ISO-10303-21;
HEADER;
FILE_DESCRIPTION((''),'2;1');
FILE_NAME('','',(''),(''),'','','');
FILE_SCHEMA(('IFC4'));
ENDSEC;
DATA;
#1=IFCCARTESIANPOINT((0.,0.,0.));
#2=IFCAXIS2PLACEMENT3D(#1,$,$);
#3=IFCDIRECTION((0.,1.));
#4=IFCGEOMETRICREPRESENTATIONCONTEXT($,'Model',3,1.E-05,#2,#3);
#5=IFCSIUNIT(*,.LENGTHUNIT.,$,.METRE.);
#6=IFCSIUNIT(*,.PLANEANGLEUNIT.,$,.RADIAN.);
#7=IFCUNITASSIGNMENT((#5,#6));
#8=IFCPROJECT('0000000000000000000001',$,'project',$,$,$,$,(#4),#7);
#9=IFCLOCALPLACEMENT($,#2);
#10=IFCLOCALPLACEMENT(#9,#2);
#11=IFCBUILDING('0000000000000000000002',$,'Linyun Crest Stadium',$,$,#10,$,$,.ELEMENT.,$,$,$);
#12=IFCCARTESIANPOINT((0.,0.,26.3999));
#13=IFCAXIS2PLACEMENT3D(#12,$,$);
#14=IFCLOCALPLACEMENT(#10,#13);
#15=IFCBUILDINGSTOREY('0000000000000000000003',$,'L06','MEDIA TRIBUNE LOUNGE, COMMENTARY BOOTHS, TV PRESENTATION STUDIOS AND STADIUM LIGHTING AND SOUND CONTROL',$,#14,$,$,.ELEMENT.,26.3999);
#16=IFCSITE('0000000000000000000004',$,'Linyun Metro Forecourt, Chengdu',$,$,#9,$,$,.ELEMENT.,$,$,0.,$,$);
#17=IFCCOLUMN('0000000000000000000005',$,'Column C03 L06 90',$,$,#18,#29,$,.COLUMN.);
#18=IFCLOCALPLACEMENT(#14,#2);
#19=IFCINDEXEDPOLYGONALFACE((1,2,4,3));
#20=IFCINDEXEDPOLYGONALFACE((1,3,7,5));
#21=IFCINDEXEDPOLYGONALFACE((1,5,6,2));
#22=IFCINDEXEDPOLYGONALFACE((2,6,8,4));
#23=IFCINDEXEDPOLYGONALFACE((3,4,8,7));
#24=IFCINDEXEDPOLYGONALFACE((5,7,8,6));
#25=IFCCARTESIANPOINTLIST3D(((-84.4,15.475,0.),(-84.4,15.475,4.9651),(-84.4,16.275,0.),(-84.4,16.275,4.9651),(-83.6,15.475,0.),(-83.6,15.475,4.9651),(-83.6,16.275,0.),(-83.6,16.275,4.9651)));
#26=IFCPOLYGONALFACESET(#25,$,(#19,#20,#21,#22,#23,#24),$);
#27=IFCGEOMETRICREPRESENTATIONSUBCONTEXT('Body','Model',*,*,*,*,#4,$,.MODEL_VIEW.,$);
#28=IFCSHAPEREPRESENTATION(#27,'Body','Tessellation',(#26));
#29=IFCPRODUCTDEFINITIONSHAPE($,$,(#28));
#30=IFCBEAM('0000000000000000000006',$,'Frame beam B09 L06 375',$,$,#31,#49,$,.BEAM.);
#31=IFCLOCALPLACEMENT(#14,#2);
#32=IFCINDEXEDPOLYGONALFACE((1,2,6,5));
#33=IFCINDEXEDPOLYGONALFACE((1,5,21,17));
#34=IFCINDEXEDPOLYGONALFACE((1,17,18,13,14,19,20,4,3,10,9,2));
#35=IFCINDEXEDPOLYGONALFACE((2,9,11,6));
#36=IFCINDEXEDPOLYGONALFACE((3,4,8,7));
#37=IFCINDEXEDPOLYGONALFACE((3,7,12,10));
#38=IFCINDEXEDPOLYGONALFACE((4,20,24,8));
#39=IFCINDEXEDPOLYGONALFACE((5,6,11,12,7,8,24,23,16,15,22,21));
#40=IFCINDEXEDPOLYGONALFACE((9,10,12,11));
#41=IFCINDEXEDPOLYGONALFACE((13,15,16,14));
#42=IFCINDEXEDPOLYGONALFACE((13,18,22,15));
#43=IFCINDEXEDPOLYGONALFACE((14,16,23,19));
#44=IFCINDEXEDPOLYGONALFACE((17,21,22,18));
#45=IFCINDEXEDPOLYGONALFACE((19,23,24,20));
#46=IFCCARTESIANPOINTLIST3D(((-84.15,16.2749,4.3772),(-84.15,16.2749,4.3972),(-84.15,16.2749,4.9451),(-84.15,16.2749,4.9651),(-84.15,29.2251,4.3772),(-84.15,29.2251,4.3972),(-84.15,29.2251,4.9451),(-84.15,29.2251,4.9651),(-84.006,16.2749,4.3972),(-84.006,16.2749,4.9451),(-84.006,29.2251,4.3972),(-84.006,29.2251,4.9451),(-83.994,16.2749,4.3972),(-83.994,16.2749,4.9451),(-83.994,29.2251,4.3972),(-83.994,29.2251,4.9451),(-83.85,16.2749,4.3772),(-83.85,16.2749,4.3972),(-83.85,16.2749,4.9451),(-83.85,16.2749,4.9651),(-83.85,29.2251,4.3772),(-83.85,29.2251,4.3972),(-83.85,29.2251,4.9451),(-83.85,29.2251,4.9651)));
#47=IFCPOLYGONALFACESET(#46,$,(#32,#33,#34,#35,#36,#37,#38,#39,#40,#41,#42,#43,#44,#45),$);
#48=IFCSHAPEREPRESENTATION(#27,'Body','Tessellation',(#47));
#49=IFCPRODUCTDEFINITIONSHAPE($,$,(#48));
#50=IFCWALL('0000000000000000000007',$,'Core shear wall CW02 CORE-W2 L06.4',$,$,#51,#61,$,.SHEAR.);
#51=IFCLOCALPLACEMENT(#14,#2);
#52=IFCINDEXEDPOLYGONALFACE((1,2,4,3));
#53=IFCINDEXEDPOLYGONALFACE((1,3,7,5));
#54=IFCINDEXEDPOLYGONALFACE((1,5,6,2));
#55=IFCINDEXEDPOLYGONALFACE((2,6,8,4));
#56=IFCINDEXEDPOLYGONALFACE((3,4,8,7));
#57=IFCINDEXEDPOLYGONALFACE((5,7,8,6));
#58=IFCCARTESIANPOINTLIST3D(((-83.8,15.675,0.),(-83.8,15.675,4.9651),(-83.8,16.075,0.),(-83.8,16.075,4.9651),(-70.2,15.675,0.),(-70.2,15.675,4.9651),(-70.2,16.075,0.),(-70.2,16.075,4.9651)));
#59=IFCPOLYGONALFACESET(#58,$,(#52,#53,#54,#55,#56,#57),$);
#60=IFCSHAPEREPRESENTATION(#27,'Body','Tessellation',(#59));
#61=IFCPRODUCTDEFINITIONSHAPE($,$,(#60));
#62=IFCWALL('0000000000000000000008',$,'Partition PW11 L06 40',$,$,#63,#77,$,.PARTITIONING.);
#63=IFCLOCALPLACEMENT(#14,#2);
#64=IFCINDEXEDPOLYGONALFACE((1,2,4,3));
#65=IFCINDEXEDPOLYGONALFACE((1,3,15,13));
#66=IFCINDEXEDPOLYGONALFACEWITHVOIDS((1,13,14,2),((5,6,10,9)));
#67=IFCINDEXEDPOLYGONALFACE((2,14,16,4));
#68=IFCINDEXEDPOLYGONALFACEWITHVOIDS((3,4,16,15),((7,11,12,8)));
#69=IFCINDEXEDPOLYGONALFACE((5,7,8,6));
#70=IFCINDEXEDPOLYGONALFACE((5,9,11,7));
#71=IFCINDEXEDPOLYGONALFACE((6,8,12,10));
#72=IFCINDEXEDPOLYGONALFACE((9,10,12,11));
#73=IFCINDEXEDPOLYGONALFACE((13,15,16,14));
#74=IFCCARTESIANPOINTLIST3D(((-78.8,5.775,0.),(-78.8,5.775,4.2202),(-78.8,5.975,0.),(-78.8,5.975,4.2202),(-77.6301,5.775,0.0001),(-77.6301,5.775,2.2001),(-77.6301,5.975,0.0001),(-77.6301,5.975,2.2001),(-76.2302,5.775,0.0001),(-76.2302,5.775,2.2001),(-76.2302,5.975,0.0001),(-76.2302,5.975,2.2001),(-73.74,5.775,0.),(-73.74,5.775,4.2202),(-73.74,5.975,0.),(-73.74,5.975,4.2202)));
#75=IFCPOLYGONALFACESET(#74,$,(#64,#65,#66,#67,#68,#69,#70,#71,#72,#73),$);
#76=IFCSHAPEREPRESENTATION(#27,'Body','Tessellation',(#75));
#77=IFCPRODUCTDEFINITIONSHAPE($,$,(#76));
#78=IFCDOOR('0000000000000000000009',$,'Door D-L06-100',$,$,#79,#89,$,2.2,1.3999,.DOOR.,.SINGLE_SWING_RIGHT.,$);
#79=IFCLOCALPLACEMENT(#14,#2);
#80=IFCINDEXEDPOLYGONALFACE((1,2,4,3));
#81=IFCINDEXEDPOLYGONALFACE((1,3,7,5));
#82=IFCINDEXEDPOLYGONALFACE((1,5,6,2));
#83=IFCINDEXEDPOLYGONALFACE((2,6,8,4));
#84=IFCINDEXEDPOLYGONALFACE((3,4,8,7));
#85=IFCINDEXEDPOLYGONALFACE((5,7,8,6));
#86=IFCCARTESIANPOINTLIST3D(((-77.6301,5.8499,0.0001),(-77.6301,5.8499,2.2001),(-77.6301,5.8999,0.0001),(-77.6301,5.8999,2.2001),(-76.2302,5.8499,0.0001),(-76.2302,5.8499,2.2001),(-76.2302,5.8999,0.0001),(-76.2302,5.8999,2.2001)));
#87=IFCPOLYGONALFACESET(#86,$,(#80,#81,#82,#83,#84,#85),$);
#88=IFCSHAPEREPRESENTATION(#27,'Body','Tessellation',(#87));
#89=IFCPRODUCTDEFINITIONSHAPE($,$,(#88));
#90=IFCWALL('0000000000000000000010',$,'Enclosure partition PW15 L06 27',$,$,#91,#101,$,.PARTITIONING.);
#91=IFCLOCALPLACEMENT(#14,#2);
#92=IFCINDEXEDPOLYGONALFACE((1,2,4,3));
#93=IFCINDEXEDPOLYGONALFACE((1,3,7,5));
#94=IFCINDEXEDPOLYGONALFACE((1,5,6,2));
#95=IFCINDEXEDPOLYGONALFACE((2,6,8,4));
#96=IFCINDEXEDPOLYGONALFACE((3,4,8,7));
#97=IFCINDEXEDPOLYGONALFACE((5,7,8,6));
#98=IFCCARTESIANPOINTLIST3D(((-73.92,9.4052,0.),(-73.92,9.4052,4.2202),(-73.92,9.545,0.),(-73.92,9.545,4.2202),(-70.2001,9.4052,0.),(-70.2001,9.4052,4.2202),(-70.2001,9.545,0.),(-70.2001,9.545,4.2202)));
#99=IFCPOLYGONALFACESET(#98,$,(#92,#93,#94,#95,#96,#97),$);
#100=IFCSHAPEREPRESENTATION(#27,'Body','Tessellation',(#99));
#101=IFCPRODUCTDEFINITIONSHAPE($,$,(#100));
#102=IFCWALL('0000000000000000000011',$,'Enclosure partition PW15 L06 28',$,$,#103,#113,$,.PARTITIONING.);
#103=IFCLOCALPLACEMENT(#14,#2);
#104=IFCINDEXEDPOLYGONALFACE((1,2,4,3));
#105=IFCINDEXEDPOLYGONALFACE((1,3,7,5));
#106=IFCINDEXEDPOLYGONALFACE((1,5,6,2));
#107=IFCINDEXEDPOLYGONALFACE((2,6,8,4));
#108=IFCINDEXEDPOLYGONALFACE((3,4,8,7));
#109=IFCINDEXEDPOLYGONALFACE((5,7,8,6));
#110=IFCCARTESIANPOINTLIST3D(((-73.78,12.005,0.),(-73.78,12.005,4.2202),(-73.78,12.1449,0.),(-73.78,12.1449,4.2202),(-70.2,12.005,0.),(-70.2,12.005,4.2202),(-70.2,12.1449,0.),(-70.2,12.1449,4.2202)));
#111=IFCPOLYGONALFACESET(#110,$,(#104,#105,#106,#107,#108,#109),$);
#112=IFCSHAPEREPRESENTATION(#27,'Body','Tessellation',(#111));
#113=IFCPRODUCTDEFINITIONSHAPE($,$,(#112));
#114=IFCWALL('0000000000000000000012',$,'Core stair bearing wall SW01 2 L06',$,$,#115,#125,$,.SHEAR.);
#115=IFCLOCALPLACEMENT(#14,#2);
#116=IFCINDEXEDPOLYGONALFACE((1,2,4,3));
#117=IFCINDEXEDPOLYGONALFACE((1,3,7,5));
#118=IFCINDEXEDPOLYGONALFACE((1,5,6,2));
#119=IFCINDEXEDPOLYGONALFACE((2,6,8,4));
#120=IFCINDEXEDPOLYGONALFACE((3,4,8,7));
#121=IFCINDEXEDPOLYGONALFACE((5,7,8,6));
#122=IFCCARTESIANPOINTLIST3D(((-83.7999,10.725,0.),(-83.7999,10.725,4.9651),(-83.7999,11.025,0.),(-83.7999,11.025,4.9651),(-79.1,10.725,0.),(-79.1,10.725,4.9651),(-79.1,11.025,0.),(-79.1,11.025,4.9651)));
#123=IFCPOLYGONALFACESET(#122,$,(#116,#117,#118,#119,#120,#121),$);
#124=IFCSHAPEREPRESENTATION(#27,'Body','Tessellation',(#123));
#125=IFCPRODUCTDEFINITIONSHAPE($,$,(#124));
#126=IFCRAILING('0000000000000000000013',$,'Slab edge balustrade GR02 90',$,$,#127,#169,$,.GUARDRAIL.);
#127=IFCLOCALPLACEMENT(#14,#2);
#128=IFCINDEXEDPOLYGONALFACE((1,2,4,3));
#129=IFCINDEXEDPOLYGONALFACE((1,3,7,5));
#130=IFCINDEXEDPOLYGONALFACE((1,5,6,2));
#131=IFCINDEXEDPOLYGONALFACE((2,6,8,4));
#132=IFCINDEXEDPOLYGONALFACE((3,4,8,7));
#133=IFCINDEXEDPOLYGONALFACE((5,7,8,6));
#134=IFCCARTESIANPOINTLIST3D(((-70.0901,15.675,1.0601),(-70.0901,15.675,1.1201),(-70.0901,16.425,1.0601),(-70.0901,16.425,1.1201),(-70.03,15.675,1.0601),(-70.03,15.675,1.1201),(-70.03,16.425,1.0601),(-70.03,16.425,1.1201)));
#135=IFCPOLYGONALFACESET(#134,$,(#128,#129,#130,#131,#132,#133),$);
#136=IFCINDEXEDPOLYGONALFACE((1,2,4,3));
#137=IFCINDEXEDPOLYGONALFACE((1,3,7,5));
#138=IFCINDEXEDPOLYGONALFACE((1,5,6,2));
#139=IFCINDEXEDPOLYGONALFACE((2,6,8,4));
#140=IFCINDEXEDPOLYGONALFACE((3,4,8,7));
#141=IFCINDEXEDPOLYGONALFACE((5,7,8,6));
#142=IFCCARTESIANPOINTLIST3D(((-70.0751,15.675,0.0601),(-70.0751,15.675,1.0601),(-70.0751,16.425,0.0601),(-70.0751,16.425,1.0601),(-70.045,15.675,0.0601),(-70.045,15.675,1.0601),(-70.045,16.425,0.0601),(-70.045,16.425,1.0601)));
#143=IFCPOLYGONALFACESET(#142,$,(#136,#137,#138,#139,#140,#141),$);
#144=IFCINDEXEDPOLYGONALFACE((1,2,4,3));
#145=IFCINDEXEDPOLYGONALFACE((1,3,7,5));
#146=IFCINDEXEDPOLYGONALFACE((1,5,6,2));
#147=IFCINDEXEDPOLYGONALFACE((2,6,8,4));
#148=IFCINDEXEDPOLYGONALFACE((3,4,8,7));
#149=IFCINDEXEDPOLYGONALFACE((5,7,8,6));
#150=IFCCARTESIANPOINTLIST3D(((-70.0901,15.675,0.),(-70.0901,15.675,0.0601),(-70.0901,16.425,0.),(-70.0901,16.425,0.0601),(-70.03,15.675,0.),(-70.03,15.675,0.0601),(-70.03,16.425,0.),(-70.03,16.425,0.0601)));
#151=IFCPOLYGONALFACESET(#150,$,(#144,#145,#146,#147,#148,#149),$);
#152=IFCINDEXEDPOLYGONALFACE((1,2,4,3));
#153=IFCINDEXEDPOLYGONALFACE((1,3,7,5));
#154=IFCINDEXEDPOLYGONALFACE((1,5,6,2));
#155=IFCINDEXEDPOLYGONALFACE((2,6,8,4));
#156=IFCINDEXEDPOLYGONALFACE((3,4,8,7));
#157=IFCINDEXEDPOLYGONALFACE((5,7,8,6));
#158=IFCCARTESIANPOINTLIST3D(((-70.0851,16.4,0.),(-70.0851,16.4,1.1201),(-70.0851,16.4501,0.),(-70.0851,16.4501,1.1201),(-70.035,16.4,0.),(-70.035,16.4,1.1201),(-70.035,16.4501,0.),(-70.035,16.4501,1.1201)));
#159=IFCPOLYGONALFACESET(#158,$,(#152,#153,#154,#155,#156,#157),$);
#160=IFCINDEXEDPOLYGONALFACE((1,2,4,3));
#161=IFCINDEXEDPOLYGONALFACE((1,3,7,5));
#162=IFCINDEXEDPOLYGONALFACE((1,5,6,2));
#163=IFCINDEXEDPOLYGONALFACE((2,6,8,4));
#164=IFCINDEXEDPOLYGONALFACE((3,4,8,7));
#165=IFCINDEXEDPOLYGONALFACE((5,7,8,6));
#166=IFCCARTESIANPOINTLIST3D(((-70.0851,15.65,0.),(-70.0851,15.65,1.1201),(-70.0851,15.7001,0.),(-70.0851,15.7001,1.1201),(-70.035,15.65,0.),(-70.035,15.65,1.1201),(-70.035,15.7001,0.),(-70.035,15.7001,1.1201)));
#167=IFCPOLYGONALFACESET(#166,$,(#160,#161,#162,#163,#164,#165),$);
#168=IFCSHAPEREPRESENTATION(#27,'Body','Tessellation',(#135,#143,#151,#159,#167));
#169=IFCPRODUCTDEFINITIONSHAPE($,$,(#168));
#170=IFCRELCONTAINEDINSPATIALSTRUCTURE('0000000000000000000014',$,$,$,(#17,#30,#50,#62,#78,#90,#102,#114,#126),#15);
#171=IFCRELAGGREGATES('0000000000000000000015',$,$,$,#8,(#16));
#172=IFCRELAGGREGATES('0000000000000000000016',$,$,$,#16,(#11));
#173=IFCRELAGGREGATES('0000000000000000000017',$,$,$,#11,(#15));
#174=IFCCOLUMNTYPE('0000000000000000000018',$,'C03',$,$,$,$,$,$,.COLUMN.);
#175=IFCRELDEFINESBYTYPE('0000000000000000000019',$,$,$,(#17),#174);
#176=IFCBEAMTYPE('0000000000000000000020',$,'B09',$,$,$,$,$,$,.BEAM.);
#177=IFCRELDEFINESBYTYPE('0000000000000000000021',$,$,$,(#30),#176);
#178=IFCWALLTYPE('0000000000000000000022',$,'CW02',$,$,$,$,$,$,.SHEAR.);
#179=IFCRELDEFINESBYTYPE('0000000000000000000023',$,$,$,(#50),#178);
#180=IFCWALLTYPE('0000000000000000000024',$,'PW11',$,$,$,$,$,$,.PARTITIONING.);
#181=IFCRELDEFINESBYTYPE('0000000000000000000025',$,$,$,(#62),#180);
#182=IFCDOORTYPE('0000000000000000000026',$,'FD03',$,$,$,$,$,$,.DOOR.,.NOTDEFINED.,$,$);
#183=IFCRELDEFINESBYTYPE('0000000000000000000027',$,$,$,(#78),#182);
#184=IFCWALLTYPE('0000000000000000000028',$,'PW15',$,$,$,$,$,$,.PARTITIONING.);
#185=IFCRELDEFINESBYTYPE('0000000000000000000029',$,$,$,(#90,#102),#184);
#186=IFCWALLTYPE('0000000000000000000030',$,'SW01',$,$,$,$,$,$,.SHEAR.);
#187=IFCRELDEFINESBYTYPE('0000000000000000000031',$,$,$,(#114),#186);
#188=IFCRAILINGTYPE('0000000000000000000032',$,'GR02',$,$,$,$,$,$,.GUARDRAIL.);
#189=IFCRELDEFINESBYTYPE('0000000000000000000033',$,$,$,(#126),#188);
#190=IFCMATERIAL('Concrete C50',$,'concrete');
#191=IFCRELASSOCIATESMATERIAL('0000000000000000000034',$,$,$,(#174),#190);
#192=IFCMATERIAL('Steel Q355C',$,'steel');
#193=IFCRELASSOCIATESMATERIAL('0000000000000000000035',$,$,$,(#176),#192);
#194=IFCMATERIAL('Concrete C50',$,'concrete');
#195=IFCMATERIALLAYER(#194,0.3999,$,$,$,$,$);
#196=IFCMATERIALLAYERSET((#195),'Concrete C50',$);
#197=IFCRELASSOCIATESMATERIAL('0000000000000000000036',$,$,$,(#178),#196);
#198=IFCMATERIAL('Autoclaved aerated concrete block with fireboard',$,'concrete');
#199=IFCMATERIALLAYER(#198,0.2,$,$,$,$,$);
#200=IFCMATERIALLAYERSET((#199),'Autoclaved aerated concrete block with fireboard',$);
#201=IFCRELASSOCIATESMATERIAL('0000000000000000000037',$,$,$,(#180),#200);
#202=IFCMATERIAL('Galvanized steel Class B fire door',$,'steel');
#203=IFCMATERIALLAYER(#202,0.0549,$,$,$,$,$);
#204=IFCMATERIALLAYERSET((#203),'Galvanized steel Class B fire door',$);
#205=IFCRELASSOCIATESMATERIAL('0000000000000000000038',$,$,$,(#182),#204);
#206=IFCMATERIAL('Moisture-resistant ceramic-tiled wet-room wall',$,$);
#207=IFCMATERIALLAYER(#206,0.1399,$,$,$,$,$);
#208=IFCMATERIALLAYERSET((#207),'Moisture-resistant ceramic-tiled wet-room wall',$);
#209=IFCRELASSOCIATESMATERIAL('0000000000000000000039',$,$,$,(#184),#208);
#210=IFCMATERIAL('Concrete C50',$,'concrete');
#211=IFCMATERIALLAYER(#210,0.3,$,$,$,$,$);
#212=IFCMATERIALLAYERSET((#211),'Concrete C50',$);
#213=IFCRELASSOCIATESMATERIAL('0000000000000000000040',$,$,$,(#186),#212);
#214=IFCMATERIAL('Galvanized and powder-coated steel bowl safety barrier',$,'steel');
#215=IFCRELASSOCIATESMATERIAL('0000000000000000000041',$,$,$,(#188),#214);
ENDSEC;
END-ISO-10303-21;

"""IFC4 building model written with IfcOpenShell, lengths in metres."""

from ifc_helpers import new_model, si_unit, direction, frame, frame_2d, origin, origin_2d, place, context, subcontext, project, spatial, rectangle, i_section, extrude, material, layer, layer_set, material_profile, profile_set, type_object, element, fill, save


model = new_model("IFC4")

# Units and contexts
model_context = context("Model", 3, precision=1e-05, world=origin(), true_north=direction((0.0, 1.0)))
body_context = subcontext(model_context, "Body", "Model", "MODEL_VIEW")
ifc_project = project(units=[si_unit("LENGTHUNIT", "METRE"), si_unit("PLANEANGLEUNIT", "RADIAN")], contexts=[model_context])

# Site, building, storey
site_placement = place(None, origin())
site = spatial("IfcSite", under=ifc_project, at=site_placement, Name="Linyun Metro Forecourt, Chengdu", CompositionType="ELEMENT", RefElevation=0.0)
building_placement = place(site_placement, origin())
building = spatial("IfcBuilding", under=site, at=building_placement, Name="Linyun Crest Stadium", CompositionType="ELEMENT")
storey_placement = place(building_placement, frame((0.0, 0.0, 26.3999)))
storey = spatial("IfcBuildingStorey", under=building, at=storey_placement, Name="L06", Description="MEDIA TRIBUNE LOUNGE, COMMENTARY BOOTHS, TV PRESENTATION STUDIOS AND STADIUM LIGHTING AND SOUND CONTROL", CompositionType="ELEMENT", Elevation=26.3999)

# Column
ifc_material_1 = material(Name="Concrete C50", Category="concrete")
ifc_material_profile_1 = material_profile(ifc_material_1, rectangle(XDim=0.8, YDim=0.8, at=origin_2d()), Name="RC 800x800")
ifc_profile_set_1 = profile_set([ifc_material_profile_1], Name="Concrete C50")
column_type = type_object("IfcColumnType", Name="C03", PredefinedType="COLUMN", material=ifc_profile_set_1)
column_placement = place(storey_placement, frame((-84.0, 15.875, 0.0), z_axis=(0.0, 0.0, 1.0), x_axis=(1.0, 0.0, 0.0)))
element("IfcColumn", 1, at=column_placement, inside=storey, type_object=column_type, Name="Column C03 L06 90", PredefinedType="COLUMN", context=body_context, shape_type="SweptSolid", body=[
    extrude(rectangle(XDim=0.8, YDim=0.8, at=origin_2d()), origin(), (0.0, 0.0, 1.0), 4.9651),
])

# Beam
ifc_material_2 = material(Name="Steel Q355C", Category="steel")
ifc_material_profile_2 = material_profile(ifc_material_2, i_section(OverallWidth=0.3, OverallDepth=0.5879, WebThickness=0.012, FlangeThickness=0.02, at=origin_2d()), Name="HM 588x300")
ifc_profile_set_2 = profile_set([ifc_material_profile_2], Name="Steel Q355C")
beam_type = type_object("IfcBeamType", Name="B09", PredefinedType="BEAM", material=ifc_profile_set_2)
beam_placement = place(storey_placement, frame((-84.0, 16.2749, 4.6711), z_axis=(0.0, 1.0, 0.0), x_axis=(-1.0, 0.0, 0.0)))
element("IfcBeam", 2, at=beam_placement, inside=storey, type_object=beam_type, Name="Frame beam B09 L06 375", PredefinedType="BEAM", context=body_context, shape_type="SweptSolid", body=[
    extrude(i_section(OverallWidth=0.3, OverallDepth=0.5879, WebThickness=0.012, FlangeThickness=0.02, at=origin_2d()), origin(), (0.0, 0.0, 1.0), 12.9502),
])

# Wall
ifc_material_3 = material(Name="Concrete C50", Category="concrete")
ifc_layer_1 = layer(ifc_material_3, 0.3999)
ifc_layer_set_1 = layer_set([ifc_layer_1], Name="Concrete C50")
wall_type_1 = type_object("IfcWallType", Name="CW02", PredefinedType="SHEAR", material=ifc_layer_set_1)
wall_1_placement = place(storey_placement, frame((-83.8, 15.875, 0.0), z_axis=(0.0, 0.0, 1.0), x_axis=(1.0, 0.0, 0.0)))
element("IfcWall", 3, at=wall_1_placement, inside=storey, type_object=wall_type_1, Name="Core shear wall CW02 CORE-W2 L06.4", PredefinedType="SHEAR", context=body_context, shape_type="SweptSolid", body=[
    extrude(rectangle(XDim=13.6001, YDim=0.3999, at=frame_2d((6.8, 0.0))), origin(), (0.0, 0.0, 1.0), 4.9651),
])

# Wall, opening, door
ifc_material_4 = material(Name="Autoclaved aerated concrete block with fireboard", Category="concrete")
ifc_layer_2 = layer(ifc_material_4, 0.2)
ifc_layer_set_2 = layer_set([ifc_layer_2], Name="Autoclaved aerated concrete block with fireboard")
wall_type_2 = type_object("IfcWallType", Name="PW11", PredefinedType="PARTITIONING", material=ifc_layer_set_2)
wall_2_placement = place(storey_placement, frame((-78.8, 5.875, 0.0), z_axis=(0.0, 0.0, 1.0), x_axis=(1.0, 0.0, 0.0)))
wall_2 = element("IfcWall", 4, at=wall_2_placement, inside=storey, type_object=wall_type_2, Name="Partition PW11 L06 40", PredefinedType="PARTITIONING", context=body_context, shape_type="SweptSolid", body=[
    extrude(rectangle(XDim=5.0601, YDim=0.2, at=frame_2d((2.53, 0.0))), origin(), (0.0, 0.0, 1.0), 4.2202),
])
opening_1_placement = place(wall_2_placement, frame((1.1699, 0.0, 0.0)))
opening_1 = element("IfcOpeningElement", 5, at=opening_1_placement, cuts=wall_2, PredefinedType="OPENING", context=body_context, shape_type="SweptSolid", body=[
    extrude(rectangle(XDim=1.3999, YDim=2.2, at=frame_2d((0.7, 1.1001))), frame((0.0, 0.1099, 0.0), z_axis=(0.0, -1.0, 0.0), x_axis=(1.0, 0.0, 0.0)), (0.0, 0.0, 1.0), 0.22),
])
ifc_material_5 = material(Name="Galvanized steel Class B fire door", Category="steel")
ifc_layer_3 = layer(ifc_material_5, 0.0549)
ifc_layer_set_3 = layer_set([ifc_layer_3], Name="Galvanized steel Class B fire door")
door_type_1 = type_object("IfcDoorType", Name="FD03", OperationType="NOTDEFINED", PredefinedType="DOOR", material=ifc_layer_set_3)
door_1_placement = place(opening_1_placement, origin())
door_1 = element("IfcDoor", 6, at=door_1_placement, inside=storey, type_object=door_type_1, Name="Door D-L06-100", OperationType="SINGLE_SWING_RIGHT", OverallHeight=2.2, OverallWidth=1.3999, PredefinedType="DOOR", context=body_context, shape_type="SweptSolid", body=[
    extrude(rectangle(XDim=1.3999, YDim=2.2, at=frame_2d((0.7, 1.1001))), frame((0.0, 0.0249, 0.0), z_axis=(0.0, -1.0, 0.0), x_axis=(1.0, 0.0, 0.0)), (0.0, 0.0, 1.0), 0.05),
])
fill(opening_1, door_1)

# Shared definitions
ifc_material_6 = material(Name="Moisture-resistant ceramic-tiled wet-room wall")
ifc_layer_4 = layer(ifc_material_6, 0.1399)
ifc_layer_set_4 = layer_set([ifc_layer_4], Name="Moisture-resistant ceramic-tiled wet-room wall")
wall_type_3 = type_object("IfcWallType", Name="PW15", PredefinedType="PARTITIONING", material=ifc_layer_set_4)

# Walls
wall_3_placement = place(storey_placement, frame((-73.9199, 9.4751, 0.0), z_axis=(0.0, 0.0, 1.0), x_axis=(1.0, 0.0, 0.0)))
element("IfcWall", 7, at=wall_3_placement, inside=storey, type_object=wall_type_3, Name="Enclosure partition PW15 L06 27", PredefinedType="PARTITIONING", context=body_context, shape_type="SweptSolid", body=[
    extrude(rectangle(XDim=3.72, YDim=0.1399, at=frame_2d((1.8599, 0.0))), origin(), (0.0, 0.0, 1.0), 4.2202),
])
wall_4_placement = place(storey_placement, frame((-73.78, 12.075, 0.0), z_axis=(0.0, 0.0, 1.0), x_axis=(1.0, 0.0, 0.0)))
element("IfcWall", 8, at=wall_4_placement, inside=storey, type_object=wall_type_3, Name="Enclosure partition PW15 L06 28", PredefinedType="PARTITIONING", context=body_context, shape_type="SweptSolid", body=[
    extrude(rectangle(XDim=3.5801, YDim=0.1399, at=frame_2d((1.79, 0.0))), origin(), (0.0, 0.0, 1.0), 4.2202),
])
ifc_material_7 = material(Name="Concrete C50", Category="concrete")
ifc_layer_5 = layer(ifc_material_7, 0.3)
ifc_layer_set_5 = layer_set([ifc_layer_5], Name="Concrete C50")
wall_type_4 = type_object("IfcWallType", Name="SW01", PredefinedType="SHEAR", material=ifc_layer_set_5)
wall_5_placement = place(storey_placement, frame((-83.8, 10.875, 0.0), z_axis=(0.0, 0.0, 1.0), x_axis=(1.0, 0.0, 0.0)))
element("IfcWall", 9, at=wall_5_placement, inside=storey, type_object=wall_type_4, Name="Core stair bearing wall SW01 2 L06", PredefinedType="SHEAR", context=body_context, shape_type="SweptSolid", body=[
    extrude(rectangle(XDim=4.7, YDim=0.3, at=frame_2d((2.3501, 0.0))), origin(), (0.0, 0.0, 1.0), 4.9651),
])

# Railing
ifc_material_8 = material(Name="Galvanized and powder-coated steel bowl safety barrier", Category="steel")
railing_type_1 = type_object("IfcRailingType", Name="GR02", PredefinedType="GUARDRAIL", material=ifc_material_8)
for number, where, name in (
    (10, (-70.0601, 16.425, 0.0), "Slab edge balustrade GR02 90"),
):
    element("IfcRailing", number, at=place(storey_placement, frame(where)), inside=storey, type_object=railing_type_1, Name=name, PredefinedType="GUARDRAIL", context=body_context, shape_type="SweptSolid", body=[
        extrude(rectangle(XDim=0.0601, YDim=0.0601, at=origin_2d()), frame((0.0, 0.0, 1.0901), z_axis=(0.0, -1.0, 0.0), x_axis=(1.0, 0.0, 0.0)), (0.0, 0.0, 1.0), 0.75),
        extrude(rectangle(XDim=0.03, YDim=1.0, at=origin_2d()), frame((0.0, 0.0, 0.5601), z_axis=(0.0, -1.0, 0.0), x_axis=(1.0, 0.0, 0.0)), (0.0, 0.0, 1.0), 0.75),
        extrude(rectangle(XDim=0.0601, YDim=0.0601, at=origin_2d()), frame((0.0, 0.0, 0.03), z_axis=(0.0, -1.0, 0.0), x_axis=(1.0, 0.0, 0.0)), (0.0, 0.0, 1.0), 0.75),
        extrude(rectangle(XDim=0.05, YDim=0.05, at=origin_2d()), origin(), (0.0, 0.0, 1.0), 1.1201),
        extrude(rectangle(XDim=0.05, YDim=0.05, at=origin_2d()), frame((0.0, -0.75, 0.0)), (0.0, 0.0, 1.0), 1.1201),
    ])

save(model, "model.ifc")
